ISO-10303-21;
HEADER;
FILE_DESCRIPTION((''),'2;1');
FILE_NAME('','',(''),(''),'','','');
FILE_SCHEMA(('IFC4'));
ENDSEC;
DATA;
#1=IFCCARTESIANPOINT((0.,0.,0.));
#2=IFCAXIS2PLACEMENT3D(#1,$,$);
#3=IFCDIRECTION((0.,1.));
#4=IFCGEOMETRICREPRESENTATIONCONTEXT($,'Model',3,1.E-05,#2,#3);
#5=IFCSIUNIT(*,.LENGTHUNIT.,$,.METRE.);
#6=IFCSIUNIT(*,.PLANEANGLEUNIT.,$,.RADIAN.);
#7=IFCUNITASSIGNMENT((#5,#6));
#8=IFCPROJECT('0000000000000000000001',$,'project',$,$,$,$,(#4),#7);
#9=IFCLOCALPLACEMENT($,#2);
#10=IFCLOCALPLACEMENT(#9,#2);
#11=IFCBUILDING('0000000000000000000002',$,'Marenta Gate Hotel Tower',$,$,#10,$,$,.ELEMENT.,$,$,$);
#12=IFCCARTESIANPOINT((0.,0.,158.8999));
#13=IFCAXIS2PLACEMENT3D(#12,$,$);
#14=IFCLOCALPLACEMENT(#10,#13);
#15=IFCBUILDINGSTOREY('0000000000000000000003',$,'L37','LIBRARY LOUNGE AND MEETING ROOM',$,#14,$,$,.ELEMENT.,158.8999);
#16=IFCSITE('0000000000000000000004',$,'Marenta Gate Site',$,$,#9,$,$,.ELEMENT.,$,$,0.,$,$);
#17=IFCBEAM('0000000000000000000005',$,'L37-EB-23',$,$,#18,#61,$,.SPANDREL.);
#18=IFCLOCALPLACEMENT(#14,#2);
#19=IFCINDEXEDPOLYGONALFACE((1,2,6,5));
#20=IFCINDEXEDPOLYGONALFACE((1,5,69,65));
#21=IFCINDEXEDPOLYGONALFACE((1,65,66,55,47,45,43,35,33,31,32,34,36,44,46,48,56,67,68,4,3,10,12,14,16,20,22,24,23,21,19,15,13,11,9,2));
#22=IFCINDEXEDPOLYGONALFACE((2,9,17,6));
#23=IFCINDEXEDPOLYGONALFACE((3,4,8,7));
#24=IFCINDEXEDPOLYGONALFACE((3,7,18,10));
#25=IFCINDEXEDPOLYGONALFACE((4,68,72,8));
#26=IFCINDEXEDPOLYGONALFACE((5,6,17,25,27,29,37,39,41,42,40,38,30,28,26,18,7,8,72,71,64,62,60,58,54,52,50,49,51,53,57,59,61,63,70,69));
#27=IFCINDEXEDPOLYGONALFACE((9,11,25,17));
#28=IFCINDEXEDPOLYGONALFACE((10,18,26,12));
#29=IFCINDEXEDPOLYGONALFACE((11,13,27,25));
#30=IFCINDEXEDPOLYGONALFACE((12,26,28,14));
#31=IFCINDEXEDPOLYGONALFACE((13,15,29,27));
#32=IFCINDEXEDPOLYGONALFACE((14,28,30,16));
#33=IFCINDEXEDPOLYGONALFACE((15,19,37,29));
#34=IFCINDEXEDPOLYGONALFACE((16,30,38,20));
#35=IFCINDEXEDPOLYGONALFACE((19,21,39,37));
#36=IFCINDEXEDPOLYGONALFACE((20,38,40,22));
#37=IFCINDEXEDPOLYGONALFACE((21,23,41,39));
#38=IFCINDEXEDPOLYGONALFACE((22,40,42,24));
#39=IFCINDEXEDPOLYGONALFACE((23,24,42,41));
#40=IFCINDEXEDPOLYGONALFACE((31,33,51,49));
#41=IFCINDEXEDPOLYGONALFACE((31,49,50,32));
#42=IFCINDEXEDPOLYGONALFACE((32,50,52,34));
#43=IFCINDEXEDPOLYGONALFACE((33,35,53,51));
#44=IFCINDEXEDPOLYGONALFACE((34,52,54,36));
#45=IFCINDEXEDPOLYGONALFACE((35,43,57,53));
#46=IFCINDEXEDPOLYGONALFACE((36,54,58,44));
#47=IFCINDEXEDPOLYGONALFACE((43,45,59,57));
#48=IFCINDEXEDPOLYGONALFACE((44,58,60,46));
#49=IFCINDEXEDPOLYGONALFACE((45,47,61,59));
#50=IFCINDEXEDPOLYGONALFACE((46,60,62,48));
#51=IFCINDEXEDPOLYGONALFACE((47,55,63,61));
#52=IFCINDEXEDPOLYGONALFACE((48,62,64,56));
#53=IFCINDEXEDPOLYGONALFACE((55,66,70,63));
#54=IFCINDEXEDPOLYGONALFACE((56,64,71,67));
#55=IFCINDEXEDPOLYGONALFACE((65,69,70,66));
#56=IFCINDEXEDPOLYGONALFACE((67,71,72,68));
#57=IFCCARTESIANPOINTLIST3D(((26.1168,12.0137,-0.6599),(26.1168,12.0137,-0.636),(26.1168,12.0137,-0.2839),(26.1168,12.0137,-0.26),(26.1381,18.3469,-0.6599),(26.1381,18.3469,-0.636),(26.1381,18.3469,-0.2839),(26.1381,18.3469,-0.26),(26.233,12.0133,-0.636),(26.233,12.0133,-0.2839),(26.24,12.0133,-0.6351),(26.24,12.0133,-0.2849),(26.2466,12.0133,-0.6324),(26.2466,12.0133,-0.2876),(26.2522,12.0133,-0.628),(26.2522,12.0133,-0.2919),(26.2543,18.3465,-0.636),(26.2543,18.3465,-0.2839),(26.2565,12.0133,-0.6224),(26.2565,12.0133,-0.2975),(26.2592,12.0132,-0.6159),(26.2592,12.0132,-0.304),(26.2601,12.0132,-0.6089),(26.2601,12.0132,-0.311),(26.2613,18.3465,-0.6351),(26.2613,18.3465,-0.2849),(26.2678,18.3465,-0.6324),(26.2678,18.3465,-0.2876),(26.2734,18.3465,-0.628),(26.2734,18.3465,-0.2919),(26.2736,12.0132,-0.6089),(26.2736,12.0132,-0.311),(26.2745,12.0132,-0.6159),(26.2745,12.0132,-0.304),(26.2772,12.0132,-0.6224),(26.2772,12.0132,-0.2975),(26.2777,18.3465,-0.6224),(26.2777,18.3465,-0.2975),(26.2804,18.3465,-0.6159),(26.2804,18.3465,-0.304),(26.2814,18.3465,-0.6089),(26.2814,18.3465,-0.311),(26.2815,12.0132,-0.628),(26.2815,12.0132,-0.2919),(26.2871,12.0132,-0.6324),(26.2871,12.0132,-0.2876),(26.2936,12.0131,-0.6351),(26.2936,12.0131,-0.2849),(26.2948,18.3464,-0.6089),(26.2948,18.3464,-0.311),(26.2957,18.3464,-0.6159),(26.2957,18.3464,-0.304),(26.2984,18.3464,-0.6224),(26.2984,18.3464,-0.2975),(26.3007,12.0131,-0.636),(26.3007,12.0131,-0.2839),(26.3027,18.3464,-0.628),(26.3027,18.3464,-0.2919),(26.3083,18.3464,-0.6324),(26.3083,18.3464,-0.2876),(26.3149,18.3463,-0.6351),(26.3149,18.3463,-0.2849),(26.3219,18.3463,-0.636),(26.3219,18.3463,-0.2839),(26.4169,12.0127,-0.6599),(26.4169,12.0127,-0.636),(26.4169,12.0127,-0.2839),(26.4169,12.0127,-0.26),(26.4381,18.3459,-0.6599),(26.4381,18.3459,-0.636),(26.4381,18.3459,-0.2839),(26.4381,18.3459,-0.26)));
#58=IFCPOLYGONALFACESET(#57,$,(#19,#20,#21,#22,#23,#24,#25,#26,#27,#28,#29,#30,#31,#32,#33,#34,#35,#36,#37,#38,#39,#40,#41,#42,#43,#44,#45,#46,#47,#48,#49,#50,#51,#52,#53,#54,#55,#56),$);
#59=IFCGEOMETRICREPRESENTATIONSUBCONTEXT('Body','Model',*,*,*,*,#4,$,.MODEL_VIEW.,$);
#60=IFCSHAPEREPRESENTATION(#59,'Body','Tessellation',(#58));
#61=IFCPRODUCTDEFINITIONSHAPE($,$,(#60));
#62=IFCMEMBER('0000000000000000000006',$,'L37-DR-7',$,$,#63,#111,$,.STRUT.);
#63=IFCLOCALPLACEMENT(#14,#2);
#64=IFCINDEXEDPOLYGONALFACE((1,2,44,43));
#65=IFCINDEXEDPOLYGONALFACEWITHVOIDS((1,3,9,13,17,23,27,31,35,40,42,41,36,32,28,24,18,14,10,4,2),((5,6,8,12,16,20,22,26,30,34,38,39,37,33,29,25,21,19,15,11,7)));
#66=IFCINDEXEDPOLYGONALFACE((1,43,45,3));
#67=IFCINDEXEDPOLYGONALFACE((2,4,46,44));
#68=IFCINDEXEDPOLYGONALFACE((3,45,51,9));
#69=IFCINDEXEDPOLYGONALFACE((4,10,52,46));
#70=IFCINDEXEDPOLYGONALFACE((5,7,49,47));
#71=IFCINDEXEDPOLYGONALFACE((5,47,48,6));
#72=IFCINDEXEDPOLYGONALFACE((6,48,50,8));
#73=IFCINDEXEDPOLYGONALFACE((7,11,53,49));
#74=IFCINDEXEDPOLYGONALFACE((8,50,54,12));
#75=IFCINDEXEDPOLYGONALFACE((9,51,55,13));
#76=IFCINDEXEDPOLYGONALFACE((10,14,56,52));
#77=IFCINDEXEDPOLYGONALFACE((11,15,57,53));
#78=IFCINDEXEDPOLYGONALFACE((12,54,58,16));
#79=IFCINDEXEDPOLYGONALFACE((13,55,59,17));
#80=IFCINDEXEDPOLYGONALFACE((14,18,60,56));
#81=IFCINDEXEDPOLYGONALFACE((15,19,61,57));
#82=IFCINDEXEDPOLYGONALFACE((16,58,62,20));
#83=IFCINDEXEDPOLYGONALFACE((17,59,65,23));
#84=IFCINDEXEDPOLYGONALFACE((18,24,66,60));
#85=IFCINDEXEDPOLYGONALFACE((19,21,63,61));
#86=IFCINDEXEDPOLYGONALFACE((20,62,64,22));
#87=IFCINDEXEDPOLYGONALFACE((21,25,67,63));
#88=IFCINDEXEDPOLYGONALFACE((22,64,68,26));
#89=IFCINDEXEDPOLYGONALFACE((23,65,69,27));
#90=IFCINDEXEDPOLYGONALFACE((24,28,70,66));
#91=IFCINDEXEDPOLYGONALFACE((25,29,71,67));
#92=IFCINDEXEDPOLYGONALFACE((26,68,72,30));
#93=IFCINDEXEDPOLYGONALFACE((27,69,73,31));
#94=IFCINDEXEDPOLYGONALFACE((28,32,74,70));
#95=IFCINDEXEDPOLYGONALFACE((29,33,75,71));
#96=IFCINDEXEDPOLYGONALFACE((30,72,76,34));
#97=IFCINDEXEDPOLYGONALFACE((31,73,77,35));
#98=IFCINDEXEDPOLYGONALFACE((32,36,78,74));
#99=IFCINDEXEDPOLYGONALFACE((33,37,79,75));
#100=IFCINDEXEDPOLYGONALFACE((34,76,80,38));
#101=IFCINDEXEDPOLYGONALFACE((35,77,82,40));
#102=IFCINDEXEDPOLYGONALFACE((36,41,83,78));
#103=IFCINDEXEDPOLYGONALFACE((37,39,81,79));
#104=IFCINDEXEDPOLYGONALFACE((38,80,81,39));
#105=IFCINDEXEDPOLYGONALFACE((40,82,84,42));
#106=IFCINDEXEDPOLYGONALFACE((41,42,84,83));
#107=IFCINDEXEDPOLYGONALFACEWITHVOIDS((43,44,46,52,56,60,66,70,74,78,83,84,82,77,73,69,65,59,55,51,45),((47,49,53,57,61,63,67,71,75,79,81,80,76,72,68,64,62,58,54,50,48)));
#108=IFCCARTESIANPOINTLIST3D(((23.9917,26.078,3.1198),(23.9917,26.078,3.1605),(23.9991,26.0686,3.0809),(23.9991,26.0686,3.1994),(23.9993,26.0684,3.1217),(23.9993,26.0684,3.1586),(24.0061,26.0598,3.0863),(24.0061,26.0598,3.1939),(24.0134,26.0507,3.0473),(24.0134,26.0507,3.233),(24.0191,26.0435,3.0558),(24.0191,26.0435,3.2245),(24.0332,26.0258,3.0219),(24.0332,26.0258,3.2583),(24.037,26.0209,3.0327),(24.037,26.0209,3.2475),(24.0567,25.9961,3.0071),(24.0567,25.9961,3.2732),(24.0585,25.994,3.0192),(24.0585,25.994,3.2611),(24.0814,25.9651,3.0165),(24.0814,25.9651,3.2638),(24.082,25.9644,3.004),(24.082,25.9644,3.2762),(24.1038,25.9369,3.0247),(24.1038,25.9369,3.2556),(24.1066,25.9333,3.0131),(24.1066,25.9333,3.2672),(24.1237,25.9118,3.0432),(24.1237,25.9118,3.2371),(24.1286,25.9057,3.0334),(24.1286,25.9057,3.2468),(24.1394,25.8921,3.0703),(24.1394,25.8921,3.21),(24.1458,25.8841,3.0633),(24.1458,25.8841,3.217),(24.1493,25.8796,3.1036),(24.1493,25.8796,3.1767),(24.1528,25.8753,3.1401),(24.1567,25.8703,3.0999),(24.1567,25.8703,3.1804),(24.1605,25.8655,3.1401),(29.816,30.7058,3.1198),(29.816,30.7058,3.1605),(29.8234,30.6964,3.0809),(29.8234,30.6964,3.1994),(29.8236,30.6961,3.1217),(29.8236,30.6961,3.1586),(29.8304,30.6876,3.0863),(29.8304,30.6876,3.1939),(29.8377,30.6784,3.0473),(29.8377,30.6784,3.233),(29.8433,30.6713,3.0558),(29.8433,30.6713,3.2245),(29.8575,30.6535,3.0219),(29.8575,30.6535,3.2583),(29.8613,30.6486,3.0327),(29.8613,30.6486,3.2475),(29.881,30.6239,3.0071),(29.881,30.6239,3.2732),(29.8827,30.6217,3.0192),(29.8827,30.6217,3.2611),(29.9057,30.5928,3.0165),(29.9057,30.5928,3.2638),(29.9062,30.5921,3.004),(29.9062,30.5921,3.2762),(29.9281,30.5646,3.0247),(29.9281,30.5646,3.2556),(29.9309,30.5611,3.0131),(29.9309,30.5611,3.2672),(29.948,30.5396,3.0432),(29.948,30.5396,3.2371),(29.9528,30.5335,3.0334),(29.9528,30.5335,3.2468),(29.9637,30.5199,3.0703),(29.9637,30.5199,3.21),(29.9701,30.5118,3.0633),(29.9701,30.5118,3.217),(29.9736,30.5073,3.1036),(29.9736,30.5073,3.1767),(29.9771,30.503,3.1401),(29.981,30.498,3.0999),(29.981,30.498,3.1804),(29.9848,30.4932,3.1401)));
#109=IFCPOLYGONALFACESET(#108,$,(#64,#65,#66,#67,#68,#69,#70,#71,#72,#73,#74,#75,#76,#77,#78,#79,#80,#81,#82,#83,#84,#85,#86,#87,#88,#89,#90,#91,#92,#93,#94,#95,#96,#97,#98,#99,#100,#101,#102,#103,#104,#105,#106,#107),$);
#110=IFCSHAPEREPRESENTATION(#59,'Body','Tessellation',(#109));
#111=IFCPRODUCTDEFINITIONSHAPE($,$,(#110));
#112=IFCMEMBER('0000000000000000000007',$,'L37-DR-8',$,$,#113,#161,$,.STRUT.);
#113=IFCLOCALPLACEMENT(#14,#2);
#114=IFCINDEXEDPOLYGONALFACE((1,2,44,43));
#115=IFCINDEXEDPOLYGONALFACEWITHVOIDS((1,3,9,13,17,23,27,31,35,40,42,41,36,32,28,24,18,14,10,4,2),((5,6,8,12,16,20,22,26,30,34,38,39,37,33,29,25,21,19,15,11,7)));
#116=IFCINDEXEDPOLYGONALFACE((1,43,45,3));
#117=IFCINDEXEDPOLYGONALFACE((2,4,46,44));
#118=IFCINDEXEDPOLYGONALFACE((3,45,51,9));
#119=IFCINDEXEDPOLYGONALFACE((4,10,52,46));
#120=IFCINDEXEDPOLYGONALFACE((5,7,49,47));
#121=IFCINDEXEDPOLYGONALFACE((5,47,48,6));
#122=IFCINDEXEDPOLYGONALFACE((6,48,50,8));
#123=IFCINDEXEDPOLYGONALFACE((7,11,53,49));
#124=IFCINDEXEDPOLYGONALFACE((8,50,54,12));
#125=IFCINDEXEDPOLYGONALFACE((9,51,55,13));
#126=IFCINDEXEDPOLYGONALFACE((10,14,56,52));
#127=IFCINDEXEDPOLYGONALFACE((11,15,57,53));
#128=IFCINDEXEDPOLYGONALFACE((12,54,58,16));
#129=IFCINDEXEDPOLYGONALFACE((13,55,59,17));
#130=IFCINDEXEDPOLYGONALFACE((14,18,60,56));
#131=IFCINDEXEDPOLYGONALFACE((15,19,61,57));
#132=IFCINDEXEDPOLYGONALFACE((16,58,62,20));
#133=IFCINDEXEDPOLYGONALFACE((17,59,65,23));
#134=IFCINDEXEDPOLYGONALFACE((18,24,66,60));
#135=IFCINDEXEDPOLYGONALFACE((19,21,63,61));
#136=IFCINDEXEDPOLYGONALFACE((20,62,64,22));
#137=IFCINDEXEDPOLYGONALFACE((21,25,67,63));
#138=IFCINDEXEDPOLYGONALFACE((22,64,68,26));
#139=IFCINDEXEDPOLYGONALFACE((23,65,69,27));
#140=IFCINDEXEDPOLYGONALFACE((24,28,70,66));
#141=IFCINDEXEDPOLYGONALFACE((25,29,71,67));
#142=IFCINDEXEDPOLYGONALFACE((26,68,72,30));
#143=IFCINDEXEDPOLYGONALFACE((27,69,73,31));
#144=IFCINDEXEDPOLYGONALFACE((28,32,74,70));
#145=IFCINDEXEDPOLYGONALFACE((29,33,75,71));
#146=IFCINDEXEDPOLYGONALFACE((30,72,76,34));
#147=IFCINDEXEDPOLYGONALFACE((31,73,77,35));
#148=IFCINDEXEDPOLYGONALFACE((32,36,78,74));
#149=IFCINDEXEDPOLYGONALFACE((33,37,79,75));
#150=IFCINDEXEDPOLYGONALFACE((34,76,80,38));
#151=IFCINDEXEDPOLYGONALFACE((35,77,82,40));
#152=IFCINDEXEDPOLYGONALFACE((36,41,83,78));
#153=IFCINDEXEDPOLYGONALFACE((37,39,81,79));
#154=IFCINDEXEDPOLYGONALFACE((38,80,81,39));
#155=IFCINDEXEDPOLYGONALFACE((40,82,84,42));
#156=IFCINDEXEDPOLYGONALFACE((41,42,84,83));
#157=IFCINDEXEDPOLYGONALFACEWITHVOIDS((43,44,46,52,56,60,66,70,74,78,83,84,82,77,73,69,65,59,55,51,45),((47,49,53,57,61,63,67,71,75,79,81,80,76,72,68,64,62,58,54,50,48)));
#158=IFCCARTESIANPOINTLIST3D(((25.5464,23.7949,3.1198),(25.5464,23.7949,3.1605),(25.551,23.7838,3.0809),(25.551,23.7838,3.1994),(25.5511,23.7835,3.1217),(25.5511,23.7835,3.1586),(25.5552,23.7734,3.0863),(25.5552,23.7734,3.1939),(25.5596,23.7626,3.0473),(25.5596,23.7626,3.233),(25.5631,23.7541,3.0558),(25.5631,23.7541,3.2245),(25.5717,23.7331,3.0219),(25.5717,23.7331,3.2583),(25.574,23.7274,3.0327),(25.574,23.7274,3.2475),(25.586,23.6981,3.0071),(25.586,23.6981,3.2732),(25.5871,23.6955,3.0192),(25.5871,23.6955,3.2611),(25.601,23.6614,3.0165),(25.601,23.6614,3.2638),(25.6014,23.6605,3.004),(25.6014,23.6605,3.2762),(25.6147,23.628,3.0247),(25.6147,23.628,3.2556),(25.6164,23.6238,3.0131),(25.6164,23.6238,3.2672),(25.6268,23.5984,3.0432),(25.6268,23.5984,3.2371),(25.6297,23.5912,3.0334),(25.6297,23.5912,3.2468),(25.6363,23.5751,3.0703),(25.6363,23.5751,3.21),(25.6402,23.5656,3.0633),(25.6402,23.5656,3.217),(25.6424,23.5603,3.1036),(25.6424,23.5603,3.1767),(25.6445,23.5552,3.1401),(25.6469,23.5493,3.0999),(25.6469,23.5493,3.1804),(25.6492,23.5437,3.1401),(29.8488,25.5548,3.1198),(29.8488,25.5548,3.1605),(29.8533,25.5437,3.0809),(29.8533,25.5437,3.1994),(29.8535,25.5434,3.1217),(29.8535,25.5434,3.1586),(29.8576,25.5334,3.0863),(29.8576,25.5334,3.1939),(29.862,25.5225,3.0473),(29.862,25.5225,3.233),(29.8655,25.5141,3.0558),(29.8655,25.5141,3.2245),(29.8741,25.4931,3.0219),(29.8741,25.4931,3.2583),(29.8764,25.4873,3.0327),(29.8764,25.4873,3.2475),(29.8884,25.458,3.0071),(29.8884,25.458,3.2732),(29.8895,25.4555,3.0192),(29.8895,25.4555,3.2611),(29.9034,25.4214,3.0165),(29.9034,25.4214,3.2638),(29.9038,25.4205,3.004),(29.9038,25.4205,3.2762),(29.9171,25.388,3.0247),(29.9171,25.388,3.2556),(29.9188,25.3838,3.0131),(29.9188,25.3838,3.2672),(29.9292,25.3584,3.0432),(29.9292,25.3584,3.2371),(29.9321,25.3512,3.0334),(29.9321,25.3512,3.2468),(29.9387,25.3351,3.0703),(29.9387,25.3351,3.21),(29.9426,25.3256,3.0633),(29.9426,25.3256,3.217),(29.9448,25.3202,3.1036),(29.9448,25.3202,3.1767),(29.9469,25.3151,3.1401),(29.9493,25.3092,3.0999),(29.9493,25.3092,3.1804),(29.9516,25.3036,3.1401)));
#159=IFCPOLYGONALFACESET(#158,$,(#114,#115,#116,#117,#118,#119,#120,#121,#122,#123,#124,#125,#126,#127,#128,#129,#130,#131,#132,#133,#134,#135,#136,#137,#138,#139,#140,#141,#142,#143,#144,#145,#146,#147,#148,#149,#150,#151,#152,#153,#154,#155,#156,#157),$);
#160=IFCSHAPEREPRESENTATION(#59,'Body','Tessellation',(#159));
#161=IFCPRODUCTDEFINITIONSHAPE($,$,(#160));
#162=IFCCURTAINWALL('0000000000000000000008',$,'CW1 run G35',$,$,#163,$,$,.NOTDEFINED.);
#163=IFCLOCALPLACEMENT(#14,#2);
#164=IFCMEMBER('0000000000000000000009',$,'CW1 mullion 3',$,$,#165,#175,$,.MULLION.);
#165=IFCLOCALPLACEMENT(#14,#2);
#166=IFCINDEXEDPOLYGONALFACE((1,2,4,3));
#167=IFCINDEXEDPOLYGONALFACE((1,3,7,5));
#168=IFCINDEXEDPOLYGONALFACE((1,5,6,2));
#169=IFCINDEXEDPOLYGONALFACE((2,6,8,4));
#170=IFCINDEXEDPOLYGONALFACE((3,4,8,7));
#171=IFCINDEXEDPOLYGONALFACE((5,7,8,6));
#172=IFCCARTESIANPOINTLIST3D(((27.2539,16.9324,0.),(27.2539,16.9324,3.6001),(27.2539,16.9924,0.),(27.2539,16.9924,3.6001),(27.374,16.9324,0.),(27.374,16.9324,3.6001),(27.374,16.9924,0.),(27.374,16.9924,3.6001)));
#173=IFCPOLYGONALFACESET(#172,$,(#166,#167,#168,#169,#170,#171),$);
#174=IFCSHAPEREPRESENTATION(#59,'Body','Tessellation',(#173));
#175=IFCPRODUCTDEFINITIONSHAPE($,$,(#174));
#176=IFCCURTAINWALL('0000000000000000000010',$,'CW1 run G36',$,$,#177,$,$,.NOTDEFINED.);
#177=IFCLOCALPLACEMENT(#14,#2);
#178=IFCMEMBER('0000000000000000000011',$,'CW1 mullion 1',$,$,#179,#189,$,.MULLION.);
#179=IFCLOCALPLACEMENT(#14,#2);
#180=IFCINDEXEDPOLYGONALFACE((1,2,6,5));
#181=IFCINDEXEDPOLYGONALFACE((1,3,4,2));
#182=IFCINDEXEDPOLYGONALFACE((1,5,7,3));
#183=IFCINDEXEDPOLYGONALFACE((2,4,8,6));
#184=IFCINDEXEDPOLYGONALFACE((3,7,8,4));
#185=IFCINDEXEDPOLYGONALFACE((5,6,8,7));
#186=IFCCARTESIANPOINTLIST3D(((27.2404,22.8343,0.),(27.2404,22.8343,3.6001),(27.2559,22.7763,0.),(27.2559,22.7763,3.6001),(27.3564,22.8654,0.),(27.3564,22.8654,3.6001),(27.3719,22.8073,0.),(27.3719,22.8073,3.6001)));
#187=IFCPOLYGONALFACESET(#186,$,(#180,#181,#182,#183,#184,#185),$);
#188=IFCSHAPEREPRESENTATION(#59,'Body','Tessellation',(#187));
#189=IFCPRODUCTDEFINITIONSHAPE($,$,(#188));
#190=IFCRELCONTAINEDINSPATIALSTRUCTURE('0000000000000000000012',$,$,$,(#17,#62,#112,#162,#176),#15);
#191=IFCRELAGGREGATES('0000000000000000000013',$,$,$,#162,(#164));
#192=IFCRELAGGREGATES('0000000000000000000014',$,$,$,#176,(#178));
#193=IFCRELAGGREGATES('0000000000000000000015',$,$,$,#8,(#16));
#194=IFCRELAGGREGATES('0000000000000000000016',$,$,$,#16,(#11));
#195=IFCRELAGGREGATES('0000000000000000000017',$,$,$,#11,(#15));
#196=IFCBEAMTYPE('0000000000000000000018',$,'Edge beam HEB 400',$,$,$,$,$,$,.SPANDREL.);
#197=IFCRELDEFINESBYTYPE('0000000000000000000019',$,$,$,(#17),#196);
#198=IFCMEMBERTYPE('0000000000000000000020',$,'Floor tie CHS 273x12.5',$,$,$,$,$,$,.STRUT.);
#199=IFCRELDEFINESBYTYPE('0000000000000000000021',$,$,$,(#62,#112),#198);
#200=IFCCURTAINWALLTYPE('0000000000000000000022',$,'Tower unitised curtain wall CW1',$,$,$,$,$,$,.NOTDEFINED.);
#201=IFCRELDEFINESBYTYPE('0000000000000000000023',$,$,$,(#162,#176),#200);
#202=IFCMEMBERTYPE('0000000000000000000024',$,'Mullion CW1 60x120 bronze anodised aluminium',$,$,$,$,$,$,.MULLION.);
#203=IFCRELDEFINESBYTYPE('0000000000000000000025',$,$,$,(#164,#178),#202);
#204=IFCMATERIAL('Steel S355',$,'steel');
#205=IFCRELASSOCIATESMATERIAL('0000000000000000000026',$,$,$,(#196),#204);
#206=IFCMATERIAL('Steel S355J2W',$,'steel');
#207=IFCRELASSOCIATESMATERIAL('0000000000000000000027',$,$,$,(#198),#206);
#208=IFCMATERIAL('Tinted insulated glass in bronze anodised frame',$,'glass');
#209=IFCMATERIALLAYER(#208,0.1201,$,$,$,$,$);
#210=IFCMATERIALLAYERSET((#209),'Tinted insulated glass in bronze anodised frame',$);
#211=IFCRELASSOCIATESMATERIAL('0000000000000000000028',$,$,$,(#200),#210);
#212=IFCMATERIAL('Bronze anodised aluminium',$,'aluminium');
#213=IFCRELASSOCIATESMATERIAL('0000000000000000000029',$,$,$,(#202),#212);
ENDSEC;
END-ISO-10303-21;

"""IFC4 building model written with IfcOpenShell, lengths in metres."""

from ifc_helpers import new_model, si_unit, direction, frame, origin, origin_2d, place, context, subcontext, project, spatial, rectangle, hollow_circle, i_section, extrude, material, layer, layer_set, material_profile, profile_set, type_object, element, aggregate, save


model = new_model("IFC4")

# Units and contexts
model_context = context("Model", 3, precision=1e-05, world=origin(), true_north=direction((0.0, 1.0)))
body_context = subcontext(model_context, "Body", "Model", "MODEL_VIEW")
ifc_project = project(units=[si_unit("LENGTHUNIT", "METRE"), si_unit("PLANEANGLEUNIT", "RADIAN")], contexts=[model_context])

# Site, building, storey
site_placement = place(None, origin())
site = spatial("IfcSite", under=ifc_project, at=site_placement, Name="Marenta Gate Site", CompositionType="ELEMENT", RefElevation=0.0)
building_placement = place(site_placement, origin())
building = spatial("IfcBuilding", under=site, at=building_placement, Name="Marenta Gate Hotel Tower", CompositionType="ELEMENT")
storey_placement = place(building_placement, frame((0.0, 0.0, 158.8999)))
storey = spatial("IfcBuildingStorey", under=building, at=storey_placement, Name="L37", Description="LIBRARY LOUNGE AND MEETING ROOM", CompositionType="ELEMENT", Elevation=158.8999)

# Beam
ifc_material_1 = material(Name="Steel S355", Category="steel")
ifc_material_profile_1 = material_profile(ifc_material_1, i_section(OverallWidth=0.3, OverallDepth=0.3999, WebThickness=0.0134, FlangeThickness=0.0239, FilletRadius=0.0271, at=origin_2d()), Name="HEB 400")
ifc_profile_set_1 = profile_set([ifc_material_profile_1], Name="Steel S355")
beam_type = type_object("IfcBeamType", Name="Edge beam HEB 400", PredefinedType="SPANDREL", material=ifc_profile_set_1)
beam_1_placement = place(storey_placement, frame((26.2881, 18.3464, -0.46), z_axis=(-0.003354, -0.999994, 0.0), x_axis=(0.999994, -0.003354, 0.0)))
element("IfcBeam", 1, at=beam_1_placement, inside=storey, type_object=beam_type, Name="L37-EB-23", PredefinedType="SPANDREL", context=body_context, shape_type="SweptSolid", body=[
    extrude(i_section(OverallWidth=0.3, OverallDepth=0.3999, WebThickness=0.0134, FlangeThickness=0.0239, FilletRadius=0.0271, at=origin_2d()), origin(), (0.0, 0.0, 1.0), 6.3333),
])

# Members
ifc_material_2 = material(Name="Steel S355J2W", Category="steel")
ifc_material_profile_2 = material_profile(ifc_material_2, hollow_circle(Radius=0.1365, WallThickness=0.0125, at=origin_2d()), Name="CHS 273x12.5")
ifc_profile_set_2 = profile_set([ifc_material_profile_2], Name="Steel S355J2W")
member_type_1 = type_object("IfcMemberType", Name="Floor tie CHS 273x12.5", PredefinedType="STRUT", material=ifc_profile_set_2)
member_1_placement = place(storey_placement, frame((29.8999, 30.6001, 3.1401), z_axis=(-0.782943, -0.622094, 0.0), x_axis=(0.622094, -0.782943, 0.0)))
element("IfcMember", 2, at=member_1_placement, inside=storey, type_object=member_type_1, Name="L37-DR-7", PredefinedType="STRUT", context=body_context, shape_type="SweptSolid", body=[
    extrude(hollow_circle(Radius=0.1365, WallThickness=0.0125, at=origin_2d()), origin(), (0.0, 0.0, 1.0), 7.439),
])
member_2_placement = place(storey_placement, frame((29.8999, 25.4299, 3.1401), z_axis=(-0.925554, -0.378614, 0.0), x_axis=(0.378614, -0.925554, 0.0)))
element("IfcMember", 3, at=member_2_placement, inside=storey, type_object=member_type_1, Name="L37-DR-8", PredefinedType="STRUT", context=body_context, shape_type="SweptSolid", body=[
    extrude(hollow_circle(Radius=0.1365, WallThickness=0.0125, at=origin_2d()), origin(), (0.0, 0.0, 1.0), 4.6484),
])

# Curtain walls, members
ifc_material_3 = material(Name="Tinted insulated glass in bronze anodised frame", Category="glass")
ifc_layer_1 = layer(ifc_material_3, 0.1201)
ifc_layer_set_1 = layer_set([ifc_layer_1], Name="Tinted insulated glass in bronze anodised frame")
curtain_wall_type = type_object("IfcCurtainWallType", Name="Tower unitised curtain wall CW1", PredefinedType="NOTDEFINED", material=ifc_layer_set_1)
curtain_wall_1_placement = place(storey_placement, origin())
curtain_wall_1 = element("IfcCurtainWall", 4, at=curtain_wall_1_placement, inside=storey, type_object=curtain_wall_type, Name="CW1 run G35", PredefinedType="NOTDEFINED")
ifc_material_4 = material(Name="Bronze anodised aluminium", Category="aluminium")
ifc_material_profile_3 = material_profile(ifc_material_4, rectangle(XDim=0.1201, YDim=0.0601, at=origin_2d()), Name="Mullion CW1 60x120 bronze anodised aluminium")
ifc_profile_set_3 = profile_set([ifc_material_profile_3], Name="Bronze anodised aluminium")
member_type_2 = type_object("IfcMemberType", Name="Mullion CW1 60x120 bronze anodised aluminium", PredefinedType="MULLION", material=ifc_profile_set_3)
member_3_placement = place(storey_placement, frame((27.314, 16.9624, 0.0), z_axis=(0.0, 0.0, 1.0), x_axis=(-1.0, 0.0, 0.0)))
member_3 = element("IfcMember", 5, at=member_3_placement, type_object=member_type_2, Name="CW1 mullion 3", PredefinedType="MULLION", context=body_context, shape_type="SweptSolid", body=[
    extrude(rectangle(XDim=0.1201, YDim=0.0601, at=origin_2d()), origin(), (0.0, 0.0, 1.0), 3.6001),
])
curtain_wall_2_placement = place(storey_placement, origin())
curtain_wall_2 = element("IfcCurtainWall", 6, at=curtain_wall_2_placement, inside=storey, type_object=curtain_wall_type, Name="CW1 run G36", PredefinedType="NOTDEFINED")
member_4_placement = place(storey_placement, frame((27.3062, 22.8208, 0.0), z_axis=(0.0, 0.0, 1.0), x_axis=(-0.965927, -0.258816, 0.0)))
member_4 = element("IfcMember", 7, at=member_4_placement, type_object=member_type_2, Name="CW1 mullion 1", PredefinedType="MULLION", context=body_context, shape_type="SweptSolid", body=[
    extrude(rectangle(XDim=0.1201, YDim=0.0601, at=origin_2d()), origin(), (0.0, 0.0, 1.0), 3.6001),
])

aggregate(curtain_wall_1, [member_3])
aggregate(curtain_wall_2, [member_4])

save(model, "model.ifc")
